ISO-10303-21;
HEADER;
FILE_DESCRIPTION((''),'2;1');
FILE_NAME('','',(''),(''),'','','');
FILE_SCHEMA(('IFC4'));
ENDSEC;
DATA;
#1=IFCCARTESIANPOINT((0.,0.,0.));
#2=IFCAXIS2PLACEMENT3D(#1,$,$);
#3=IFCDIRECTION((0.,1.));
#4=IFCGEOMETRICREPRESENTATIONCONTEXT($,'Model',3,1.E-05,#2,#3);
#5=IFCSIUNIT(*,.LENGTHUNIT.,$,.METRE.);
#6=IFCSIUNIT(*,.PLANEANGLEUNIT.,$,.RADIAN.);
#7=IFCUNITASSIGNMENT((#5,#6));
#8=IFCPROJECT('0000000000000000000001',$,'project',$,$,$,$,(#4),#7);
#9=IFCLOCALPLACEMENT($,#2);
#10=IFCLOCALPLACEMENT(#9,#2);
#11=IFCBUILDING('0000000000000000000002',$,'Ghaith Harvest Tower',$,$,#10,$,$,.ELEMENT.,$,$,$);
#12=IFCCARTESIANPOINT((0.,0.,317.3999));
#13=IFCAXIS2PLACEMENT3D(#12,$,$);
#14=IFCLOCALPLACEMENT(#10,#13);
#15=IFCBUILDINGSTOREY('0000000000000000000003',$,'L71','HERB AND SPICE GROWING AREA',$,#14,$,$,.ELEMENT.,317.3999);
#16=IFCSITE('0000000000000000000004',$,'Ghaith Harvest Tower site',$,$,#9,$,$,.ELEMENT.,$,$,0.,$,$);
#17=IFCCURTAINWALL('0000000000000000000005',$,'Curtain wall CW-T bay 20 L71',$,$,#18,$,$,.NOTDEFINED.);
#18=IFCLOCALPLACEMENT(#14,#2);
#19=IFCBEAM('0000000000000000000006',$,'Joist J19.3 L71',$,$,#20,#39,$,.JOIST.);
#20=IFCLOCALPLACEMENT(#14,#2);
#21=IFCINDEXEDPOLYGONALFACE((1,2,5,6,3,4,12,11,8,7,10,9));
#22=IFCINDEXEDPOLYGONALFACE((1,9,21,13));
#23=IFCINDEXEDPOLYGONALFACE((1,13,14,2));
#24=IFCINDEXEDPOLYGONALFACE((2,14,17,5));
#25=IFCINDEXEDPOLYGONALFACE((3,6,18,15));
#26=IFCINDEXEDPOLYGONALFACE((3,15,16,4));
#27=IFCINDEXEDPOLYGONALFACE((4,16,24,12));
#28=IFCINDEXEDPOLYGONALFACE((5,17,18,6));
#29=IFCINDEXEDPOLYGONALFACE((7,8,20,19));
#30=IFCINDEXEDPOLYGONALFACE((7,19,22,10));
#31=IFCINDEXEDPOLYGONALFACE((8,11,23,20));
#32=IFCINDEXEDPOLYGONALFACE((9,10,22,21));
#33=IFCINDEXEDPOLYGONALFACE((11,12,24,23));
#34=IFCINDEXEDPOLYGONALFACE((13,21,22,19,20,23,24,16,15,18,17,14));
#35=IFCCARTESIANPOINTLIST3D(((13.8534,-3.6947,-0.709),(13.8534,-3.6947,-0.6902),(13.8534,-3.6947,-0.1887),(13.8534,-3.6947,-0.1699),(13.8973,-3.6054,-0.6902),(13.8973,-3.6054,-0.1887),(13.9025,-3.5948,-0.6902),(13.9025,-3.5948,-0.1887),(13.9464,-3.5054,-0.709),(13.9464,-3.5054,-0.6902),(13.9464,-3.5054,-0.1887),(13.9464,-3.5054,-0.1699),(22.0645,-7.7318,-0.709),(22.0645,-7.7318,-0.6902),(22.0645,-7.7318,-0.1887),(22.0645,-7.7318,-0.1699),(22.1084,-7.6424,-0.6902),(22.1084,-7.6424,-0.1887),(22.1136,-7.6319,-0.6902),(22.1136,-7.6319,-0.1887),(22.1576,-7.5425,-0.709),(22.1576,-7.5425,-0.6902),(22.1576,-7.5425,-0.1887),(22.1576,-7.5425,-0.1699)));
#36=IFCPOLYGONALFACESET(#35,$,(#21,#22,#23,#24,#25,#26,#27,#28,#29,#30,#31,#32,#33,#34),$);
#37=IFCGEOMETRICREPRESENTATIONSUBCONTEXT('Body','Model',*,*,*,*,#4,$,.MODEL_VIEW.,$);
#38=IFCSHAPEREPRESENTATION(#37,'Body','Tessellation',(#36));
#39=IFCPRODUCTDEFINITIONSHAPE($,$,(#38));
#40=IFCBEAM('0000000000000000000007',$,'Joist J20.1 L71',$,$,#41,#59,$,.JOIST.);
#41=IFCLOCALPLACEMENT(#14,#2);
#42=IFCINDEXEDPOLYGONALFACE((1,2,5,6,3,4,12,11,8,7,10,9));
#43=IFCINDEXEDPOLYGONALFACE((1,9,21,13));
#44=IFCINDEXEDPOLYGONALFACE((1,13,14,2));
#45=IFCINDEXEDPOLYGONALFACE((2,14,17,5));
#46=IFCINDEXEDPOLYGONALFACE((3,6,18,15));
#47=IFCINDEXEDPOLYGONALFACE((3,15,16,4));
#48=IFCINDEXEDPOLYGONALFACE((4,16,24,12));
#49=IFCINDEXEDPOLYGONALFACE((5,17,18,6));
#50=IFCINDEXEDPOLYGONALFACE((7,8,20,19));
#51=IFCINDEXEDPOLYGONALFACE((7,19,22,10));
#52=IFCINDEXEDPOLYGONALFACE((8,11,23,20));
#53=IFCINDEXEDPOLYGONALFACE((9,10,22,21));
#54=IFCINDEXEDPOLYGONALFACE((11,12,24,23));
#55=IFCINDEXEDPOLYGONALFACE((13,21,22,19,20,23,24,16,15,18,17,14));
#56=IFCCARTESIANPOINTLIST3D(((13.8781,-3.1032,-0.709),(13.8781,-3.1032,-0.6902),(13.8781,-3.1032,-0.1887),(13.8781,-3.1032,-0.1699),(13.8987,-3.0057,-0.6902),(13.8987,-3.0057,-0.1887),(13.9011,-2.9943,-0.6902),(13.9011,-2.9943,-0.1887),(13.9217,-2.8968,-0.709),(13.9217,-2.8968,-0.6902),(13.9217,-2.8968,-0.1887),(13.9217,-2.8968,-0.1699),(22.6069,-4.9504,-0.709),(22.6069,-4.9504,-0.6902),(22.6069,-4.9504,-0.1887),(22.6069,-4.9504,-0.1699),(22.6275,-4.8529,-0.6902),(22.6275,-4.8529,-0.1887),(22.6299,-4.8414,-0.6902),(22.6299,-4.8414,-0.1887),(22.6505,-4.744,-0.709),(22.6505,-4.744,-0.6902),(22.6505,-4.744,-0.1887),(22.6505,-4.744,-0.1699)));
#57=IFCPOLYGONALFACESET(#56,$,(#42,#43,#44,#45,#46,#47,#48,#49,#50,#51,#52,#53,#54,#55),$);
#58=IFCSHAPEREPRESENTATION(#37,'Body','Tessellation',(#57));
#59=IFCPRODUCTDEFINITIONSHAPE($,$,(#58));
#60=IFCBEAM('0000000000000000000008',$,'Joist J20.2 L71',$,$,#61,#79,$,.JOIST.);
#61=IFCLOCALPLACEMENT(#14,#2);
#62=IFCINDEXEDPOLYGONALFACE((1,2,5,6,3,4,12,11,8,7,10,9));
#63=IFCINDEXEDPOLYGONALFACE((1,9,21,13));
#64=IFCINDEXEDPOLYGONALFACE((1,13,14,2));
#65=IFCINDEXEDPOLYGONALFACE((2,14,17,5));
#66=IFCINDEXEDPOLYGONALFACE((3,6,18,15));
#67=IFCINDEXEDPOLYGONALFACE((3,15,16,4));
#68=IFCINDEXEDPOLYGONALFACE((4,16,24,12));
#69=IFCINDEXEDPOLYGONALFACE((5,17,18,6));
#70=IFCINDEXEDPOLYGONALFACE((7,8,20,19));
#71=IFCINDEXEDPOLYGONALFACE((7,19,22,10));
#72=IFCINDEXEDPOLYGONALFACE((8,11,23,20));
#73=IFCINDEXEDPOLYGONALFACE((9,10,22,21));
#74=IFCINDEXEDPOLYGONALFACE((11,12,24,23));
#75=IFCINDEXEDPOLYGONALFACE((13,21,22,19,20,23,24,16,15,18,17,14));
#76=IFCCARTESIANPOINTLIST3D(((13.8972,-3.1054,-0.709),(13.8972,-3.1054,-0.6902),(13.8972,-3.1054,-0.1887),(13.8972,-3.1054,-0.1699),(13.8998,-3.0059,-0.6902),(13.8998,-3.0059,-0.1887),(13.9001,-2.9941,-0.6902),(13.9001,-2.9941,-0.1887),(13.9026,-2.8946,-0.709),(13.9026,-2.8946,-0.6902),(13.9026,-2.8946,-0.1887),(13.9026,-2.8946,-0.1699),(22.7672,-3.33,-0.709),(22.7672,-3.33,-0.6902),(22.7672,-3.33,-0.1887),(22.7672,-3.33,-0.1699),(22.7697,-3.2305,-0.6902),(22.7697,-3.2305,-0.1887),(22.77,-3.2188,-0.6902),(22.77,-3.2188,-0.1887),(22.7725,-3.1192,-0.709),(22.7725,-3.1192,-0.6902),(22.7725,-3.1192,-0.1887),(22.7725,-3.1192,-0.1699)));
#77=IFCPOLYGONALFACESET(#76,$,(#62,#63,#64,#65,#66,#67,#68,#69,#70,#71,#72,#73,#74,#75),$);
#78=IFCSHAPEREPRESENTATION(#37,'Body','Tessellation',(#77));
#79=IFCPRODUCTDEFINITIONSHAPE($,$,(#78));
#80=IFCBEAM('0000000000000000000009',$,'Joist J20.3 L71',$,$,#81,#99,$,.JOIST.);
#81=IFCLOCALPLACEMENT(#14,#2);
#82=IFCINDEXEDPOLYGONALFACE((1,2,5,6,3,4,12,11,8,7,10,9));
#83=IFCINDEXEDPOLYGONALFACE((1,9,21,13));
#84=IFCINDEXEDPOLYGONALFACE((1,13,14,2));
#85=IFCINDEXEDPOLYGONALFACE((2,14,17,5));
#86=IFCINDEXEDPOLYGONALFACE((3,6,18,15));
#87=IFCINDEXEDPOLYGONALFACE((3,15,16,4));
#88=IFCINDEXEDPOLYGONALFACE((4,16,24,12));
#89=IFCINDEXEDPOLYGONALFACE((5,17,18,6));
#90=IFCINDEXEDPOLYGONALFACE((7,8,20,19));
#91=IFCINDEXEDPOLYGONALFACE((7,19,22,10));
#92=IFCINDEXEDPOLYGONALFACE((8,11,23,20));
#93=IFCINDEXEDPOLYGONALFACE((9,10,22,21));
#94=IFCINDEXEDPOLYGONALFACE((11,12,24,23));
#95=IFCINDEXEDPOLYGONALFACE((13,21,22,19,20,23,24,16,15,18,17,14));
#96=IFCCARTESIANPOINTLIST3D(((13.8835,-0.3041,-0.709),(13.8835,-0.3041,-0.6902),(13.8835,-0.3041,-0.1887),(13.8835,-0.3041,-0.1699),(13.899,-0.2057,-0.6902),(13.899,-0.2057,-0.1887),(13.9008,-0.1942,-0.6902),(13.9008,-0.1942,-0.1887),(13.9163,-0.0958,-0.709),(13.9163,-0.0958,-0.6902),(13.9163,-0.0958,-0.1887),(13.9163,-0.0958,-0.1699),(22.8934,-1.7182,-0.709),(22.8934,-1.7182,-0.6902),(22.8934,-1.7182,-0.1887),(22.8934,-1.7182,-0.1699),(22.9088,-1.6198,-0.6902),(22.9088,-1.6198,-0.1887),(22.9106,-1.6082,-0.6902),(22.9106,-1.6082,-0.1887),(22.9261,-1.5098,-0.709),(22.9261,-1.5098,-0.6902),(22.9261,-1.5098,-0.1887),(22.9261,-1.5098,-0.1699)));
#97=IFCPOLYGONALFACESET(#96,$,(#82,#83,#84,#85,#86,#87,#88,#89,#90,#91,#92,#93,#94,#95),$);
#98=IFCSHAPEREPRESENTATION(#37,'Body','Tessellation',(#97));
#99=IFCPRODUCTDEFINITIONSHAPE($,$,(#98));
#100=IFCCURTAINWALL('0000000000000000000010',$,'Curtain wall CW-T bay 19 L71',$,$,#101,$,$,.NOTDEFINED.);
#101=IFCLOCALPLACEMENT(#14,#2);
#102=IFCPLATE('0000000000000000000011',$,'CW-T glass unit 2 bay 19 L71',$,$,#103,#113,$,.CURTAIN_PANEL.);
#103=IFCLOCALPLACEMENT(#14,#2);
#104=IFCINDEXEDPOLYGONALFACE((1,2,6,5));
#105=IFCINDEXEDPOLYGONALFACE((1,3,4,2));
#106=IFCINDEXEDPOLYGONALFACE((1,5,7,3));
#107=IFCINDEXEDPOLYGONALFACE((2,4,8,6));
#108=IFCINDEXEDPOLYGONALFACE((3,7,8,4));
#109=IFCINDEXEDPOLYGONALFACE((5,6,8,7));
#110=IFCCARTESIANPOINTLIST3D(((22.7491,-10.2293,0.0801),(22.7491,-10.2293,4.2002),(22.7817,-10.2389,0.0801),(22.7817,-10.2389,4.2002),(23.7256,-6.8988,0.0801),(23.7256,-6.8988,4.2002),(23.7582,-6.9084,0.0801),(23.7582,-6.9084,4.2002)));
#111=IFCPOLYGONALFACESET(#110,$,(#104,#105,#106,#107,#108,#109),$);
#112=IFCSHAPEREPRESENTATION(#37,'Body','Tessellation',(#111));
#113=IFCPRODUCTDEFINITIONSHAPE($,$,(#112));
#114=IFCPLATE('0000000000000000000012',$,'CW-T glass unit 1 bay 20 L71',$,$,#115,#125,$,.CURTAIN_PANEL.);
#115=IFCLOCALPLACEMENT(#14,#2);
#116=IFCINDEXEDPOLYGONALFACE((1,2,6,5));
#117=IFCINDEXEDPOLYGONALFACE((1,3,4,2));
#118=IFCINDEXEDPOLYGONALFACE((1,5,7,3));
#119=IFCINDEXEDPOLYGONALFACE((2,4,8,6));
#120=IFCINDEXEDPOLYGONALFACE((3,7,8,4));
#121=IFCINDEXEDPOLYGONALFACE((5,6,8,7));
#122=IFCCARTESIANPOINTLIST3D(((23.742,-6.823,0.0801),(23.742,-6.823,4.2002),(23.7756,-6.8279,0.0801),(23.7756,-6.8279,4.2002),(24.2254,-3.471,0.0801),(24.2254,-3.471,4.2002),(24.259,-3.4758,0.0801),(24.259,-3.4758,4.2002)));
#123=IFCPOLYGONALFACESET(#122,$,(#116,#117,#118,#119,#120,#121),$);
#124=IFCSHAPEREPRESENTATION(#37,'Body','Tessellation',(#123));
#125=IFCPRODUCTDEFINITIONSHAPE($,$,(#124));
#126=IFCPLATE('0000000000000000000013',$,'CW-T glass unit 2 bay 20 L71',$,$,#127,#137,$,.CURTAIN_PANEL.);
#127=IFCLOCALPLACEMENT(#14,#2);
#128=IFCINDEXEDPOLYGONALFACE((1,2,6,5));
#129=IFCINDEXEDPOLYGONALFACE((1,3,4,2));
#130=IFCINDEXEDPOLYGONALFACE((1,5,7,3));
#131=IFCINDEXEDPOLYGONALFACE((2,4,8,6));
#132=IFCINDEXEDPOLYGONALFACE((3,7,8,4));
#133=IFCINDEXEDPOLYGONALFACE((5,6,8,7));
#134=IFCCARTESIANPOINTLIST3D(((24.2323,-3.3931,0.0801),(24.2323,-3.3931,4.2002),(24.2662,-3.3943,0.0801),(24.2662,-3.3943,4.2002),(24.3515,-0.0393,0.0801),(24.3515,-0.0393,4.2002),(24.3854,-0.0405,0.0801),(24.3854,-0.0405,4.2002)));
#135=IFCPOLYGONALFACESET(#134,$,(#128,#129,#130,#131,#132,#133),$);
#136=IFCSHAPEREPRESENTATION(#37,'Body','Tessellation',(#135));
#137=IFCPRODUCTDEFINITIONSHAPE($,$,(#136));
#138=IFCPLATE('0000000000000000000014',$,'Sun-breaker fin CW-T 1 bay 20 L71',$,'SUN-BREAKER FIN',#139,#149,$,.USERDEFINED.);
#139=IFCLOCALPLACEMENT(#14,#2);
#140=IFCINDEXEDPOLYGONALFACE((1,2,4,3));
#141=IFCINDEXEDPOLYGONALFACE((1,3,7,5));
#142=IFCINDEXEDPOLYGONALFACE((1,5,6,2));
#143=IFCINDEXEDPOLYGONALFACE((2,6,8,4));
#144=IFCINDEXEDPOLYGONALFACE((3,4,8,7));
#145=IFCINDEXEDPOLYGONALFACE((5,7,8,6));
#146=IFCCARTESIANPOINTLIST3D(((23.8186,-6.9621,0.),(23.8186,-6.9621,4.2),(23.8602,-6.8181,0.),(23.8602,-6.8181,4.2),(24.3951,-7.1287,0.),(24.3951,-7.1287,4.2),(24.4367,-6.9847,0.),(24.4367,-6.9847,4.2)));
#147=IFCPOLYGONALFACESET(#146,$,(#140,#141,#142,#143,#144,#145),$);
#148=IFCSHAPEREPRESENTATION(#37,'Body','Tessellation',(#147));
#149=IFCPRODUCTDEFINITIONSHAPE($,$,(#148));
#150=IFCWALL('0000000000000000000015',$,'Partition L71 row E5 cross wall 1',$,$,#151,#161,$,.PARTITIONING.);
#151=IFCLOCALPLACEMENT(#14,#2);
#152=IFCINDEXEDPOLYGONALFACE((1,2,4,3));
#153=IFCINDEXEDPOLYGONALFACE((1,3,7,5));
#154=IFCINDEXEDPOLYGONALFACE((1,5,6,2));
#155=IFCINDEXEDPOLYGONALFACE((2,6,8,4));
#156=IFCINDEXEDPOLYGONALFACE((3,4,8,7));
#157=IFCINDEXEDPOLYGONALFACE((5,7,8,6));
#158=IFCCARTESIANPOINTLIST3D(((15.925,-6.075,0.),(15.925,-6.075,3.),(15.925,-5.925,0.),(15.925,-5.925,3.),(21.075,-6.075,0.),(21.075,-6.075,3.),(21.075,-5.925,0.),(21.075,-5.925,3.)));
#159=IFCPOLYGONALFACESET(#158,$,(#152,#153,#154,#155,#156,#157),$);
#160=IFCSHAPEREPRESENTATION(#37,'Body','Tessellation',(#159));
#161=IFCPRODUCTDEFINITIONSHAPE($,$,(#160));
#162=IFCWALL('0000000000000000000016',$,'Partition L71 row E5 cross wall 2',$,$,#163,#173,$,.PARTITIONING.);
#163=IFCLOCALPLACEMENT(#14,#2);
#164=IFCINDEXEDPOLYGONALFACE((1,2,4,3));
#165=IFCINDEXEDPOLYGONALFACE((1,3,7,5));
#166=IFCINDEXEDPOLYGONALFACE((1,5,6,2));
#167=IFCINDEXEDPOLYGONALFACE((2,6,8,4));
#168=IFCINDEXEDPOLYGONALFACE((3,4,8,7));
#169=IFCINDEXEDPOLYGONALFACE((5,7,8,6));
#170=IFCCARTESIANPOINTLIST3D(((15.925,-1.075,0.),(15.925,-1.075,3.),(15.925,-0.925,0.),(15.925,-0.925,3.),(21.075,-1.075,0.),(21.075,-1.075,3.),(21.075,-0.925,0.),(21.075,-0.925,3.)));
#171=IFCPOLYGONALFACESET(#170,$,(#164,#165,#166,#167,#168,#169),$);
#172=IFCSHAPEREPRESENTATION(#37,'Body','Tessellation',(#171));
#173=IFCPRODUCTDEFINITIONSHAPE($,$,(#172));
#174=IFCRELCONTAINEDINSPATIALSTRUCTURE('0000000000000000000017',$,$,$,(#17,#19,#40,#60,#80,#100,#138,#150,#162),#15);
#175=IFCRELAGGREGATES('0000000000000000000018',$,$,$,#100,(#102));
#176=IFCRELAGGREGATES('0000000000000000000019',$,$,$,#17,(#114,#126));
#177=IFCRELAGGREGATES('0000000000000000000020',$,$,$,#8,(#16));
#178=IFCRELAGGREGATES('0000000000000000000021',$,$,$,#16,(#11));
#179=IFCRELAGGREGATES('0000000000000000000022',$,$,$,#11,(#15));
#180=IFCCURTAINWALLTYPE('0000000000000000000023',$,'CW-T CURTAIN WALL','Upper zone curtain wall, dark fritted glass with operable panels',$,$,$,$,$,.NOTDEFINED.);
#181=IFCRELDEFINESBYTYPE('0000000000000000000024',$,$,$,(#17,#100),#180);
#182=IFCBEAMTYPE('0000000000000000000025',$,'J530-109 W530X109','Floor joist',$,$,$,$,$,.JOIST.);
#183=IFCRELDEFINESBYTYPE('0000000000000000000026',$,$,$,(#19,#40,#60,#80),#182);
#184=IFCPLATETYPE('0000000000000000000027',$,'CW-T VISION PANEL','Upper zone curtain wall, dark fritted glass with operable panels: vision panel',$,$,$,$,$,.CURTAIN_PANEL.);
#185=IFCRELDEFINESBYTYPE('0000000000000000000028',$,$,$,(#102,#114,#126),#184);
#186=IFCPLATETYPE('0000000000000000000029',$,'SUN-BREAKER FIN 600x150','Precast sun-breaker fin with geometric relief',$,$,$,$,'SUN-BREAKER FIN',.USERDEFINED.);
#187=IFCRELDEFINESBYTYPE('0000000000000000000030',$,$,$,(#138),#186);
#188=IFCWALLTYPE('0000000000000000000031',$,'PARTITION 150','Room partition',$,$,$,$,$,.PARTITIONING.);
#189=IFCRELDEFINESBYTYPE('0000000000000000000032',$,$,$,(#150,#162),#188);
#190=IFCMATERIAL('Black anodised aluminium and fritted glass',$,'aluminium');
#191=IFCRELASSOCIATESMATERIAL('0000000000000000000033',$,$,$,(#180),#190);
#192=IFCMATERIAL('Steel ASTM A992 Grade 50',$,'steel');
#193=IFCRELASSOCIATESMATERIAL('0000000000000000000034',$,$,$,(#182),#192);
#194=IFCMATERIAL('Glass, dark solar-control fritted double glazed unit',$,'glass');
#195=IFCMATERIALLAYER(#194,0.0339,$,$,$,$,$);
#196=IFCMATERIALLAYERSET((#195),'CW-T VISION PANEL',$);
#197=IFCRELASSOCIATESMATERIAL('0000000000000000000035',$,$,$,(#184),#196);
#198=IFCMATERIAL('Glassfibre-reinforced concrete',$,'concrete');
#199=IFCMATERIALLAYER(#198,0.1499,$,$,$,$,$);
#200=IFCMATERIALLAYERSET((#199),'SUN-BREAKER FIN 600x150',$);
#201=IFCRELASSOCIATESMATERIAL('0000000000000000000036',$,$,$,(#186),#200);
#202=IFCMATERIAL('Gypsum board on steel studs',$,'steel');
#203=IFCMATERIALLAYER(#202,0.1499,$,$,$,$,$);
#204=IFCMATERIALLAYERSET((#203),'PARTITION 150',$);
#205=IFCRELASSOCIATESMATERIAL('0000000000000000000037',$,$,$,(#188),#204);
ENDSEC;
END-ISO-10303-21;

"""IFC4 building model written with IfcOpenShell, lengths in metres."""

from ifc_helpers import new_model, si_unit, direction, frame, frame_2d, origin, origin_2d, place, context, subcontext, project, spatial, rectangle, i_section, extrude, material, layer, layer_set, material_profile, profile_set, type_object, element, aggregate, save


model = new_model("IFC4")

# Units and contexts
model_context = context("Model", 3, precision=1e-05, world=origin(), true_north=direction((0.0, 1.0)))
body_context = subcontext(model_context, "Body", "Model", "MODEL_VIEW")
ifc_project = project(units=[si_unit("LENGTHUNIT", "METRE"), si_unit("PLANEANGLEUNIT", "RADIAN")], contexts=[model_context])

# Site, building, storey
site_placement = place(None, origin())
site = spatial("IfcSite", under=ifc_project, at=site_placement, Name="Ghaith Harvest Tower site", CompositionType="ELEMENT", RefElevation=0.0)
building_placement = place(site_placement, origin())
building = spatial("IfcBuilding", under=site, at=building_placement, Name="Ghaith Harvest Tower", CompositionType="ELEMENT")
storey_placement = place(building_placement, frame((0.0, 0.0, 317.3999)))
storey = spatial("IfcBuildingStorey", under=building, at=storey_placement, Name="L71", Description="HERB AND SPICE GROWING AREA", CompositionType="ELEMENT", Elevation=317.3999)

# Curtain wall
ifc_material_1 = material(Name="Black anodised aluminium and fritted glass", Category="aluminium")
curtain_wall_type = type_object("IfcCurtainWallType", Name="CW-T CURTAIN WALL", Description="Upper zone curtain wall, dark fritted glass with operable panels", PredefinedType="NOTDEFINED", material=ifc_material_1)
curtain_wall_1_placement = place(storey_placement, origin())
curtain_wall_1 = element("IfcCurtainWall", 1, at=curtain_wall_1_placement, inside=storey, type_object=curtain_wall_type, Name="Curtain wall CW-T bay 20 L71", PredefinedType="NOTDEFINED")

# Beams
ifc_material_2 = material(Name="Steel ASTM A992 Grade 50", Category="steel")
ifc_material_profile_1 = material_profile(ifc_material_2, i_section(OverallWidth=0.2109, OverallDepth=0.5391, WebThickness=0.0117, FlangeThickness=0.0188, at=origin_2d()), Name="W530X109")
ifc_profile_set_1 = profile_set([ifc_material_profile_1], Name="Steel ASTM A992 Grade 50")
beam_type_1 = type_object("IfcBeamType", Name="J530-109 W530X109", Description="Floor joist", PredefinedType="JOIST", material=ifc_profile_set_1)
beam_1_placement = place(storey_placement, frame((13.8999, -3.6001, -0.4395), z_axis=(0.897401, -0.441216, 0.0), x_axis=(0.441216, 0.897401, 0.0)))
element("IfcBeam", 2, at=beam_1_placement, inside=storey, type_object=beam_type_1, Name="Joist J19.3 L71", PredefinedType="JOIST", context=body_context, shape_type="SweptSolid", body=[
    extrude(i_section(OverallWidth=0.2109, OverallDepth=0.5391, WebThickness=0.0117, FlangeThickness=0.0188, at=origin_2d()), origin(), (0.0, 0.0, 1.0), 9.1499),
])
beam_2_placement = place(storey_placement, frame((13.8999, -3.0, -0.4395), z_axis=(0.978334, -0.207034, 0.0), x_axis=(0.207034, 0.978334, 0.0)))
element("IfcBeam", 3, at=beam_2_placement, inside=storey, type_object=beam_type_1, Name="Joist J20.1 L71", PredefinedType="JOIST", context=body_context, shape_type="SweptSolid", body=[
    extrude(i_section(OverallWidth=0.2109, OverallDepth=0.5391, WebThickness=0.0117, FlangeThickness=0.0188, at=origin_2d()), origin(), (0.0, 0.0, 1.0), 8.9221),
])
beam_3_placement = place(storey_placement, frame((13.8999, -3.0, -0.4395), z_axis=(0.99968, -0.025315, 0.0), x_axis=(0.025315, 0.99968, 0.0)))
element("IfcBeam", 4, at=beam_3_placement, inside=storey, type_object=beam_type_1, Name="Joist J20.2 L71", PredefinedType="JOIST", context=body_context, shape_type="SweptSolid", body=[
    extrude(i_section(OverallWidth=0.2109, OverallDepth=0.5391, WebThickness=0.0117, FlangeThickness=0.0188, at=origin_2d()), origin(), (0.0, 0.0, 1.0), 8.8728),
])
beam_4_placement = place(storey_placement, frame((13.8999, -0.2, -0.4395), z_axis=(0.987907, -0.15505, 0.0), x_axis=(0.15505, 0.987907, 0.0)))
element("IfcBeam", 5, at=beam_4_placement, inside=storey, type_object=beam_type_1, Name="Joist J20.3 L71", PredefinedType="JOIST", context=body_context, shape_type="SweptSolid", body=[
    extrude(i_section(OverallWidth=0.2109, OverallDepth=0.5391, WebThickness=0.0117, FlangeThickness=0.0188, at=origin_2d()), origin(), (0.0, 0.0, 1.0), 9.1201),
])

# Curtain wall, plate
curtain_wall_2_placement = place(storey_placement, origin())
curtain_wall_2 = element("IfcCurtainWall", 6, at=curtain_wall_2_placement, inside=storey, type_object=curtain_wall_type, Name="Curtain wall CW-T bay 19 L71", PredefinedType="NOTDEFINED")
ifc_material_3 = material(Name="Glass, dark solar-control fritted double glazed unit", Category="glass")
ifc_layer_1 = layer(ifc_material_3, 0.0339)
ifc_layer_set_1 = layer_set([ifc_layer_1], Name="CW-T VISION PANEL")
plate_type_1 = type_object("IfcPlateType", Name="CW-T VISION PANEL", Description="Upper zone curtain wall, dark fritted glass with operable panels: vision panel", PredefinedType="CURTAIN_PANEL", material=ifc_layer_set_1)
plate_1_placement = place(storey_placement, frame((23.2537, -8.5688, 0.0801), z_axis=(0.0, 0.0, 1.0), x_axis=(0.281345, 0.959607, 0.0)))
plate_1 = element("IfcPlate", 7, at=plate_1_placement, type_object=plate_type_1, Name="CW-T glass unit 2 bay 19 L71", PredefinedType="CURTAIN_PANEL", context=body_context, shape_type="SweptSolid", body=[
    extrude(rectangle(XDim=3.4707, YDim=0.0339, at=origin_2d()), origin(), (0.0, 0.0, 1.0), 4.1201),
])
aggregate(curtain_wall_2, [plate_1])

# Plates
plate_2_placement = place(storey_placement, frame((24.0005, -5.1494, 0.0801), z_axis=(0.0, 0.0, 1.0), x_axis=(0.14273, 0.989762, 0.0)))
plate_2 = element("IfcPlate", 8, at=plate_2_placement, type_object=plate_type_1, Name="CW-T glass unit 1 bay 20 L71", PredefinedType="CURTAIN_PANEL", context=body_context, shape_type="SweptSolid", body=[
    extrude(rectangle(XDim=3.3867, YDim=0.0339, at=origin_2d()), origin(), (0.0, 0.0, 1.0), 4.1201),
])
plate_3_placement = place(storey_placement, frame((24.3088, -1.7168, 0.0801), z_axis=(0.0, 0.0, 1.0), x_axis=(0.035536, 0.999368, 0.0)))
plate_3 = element("IfcPlate", 9, at=plate_3_placement, type_object=plate_type_1, Name="CW-T glass unit 2 bay 20 L71", PredefinedType="CURTAIN_PANEL", context=body_context, shape_type="SweptSolid", body=[
    extrude(rectangle(XDim=3.356, YDim=0.0339, at=origin_2d()), origin(), (0.0, 0.0, 1.0), 4.1201),
])
aggregate(curtain_wall_1, [plate_2, plate_3])
ifc_material_4 = material(Name="Glassfibre-reinforced concrete", Category="concrete")
ifc_layer_2 = layer(ifc_material_4, 0.1499)
ifc_layer_set_2 = layer_set([ifc_layer_2], Name="SUN-BREAKER FIN 600x150")
plate_type_2 = type_object("IfcPlateType", Name="SUN-BREAKER FIN 600x150", Description="Precast sun-breaker fin with geometric relief", ElementType="SUN-BREAKER FIN", PredefinedType="USERDEFINED", material=ifc_layer_set_2)
plate_4_placement = place(storey_placement, frame((24.1277, -6.9734, 0.0), z_axis=(0.0, 0.0, 1.0), x_axis=(0.96068, -0.277657, 0.0)))
element("IfcPlate", 10, at=plate_4_placement, inside=storey, type_object=plate_type_2, Name="Sun-breaker fin CW-T 1 bay 20 L71", ObjectType="SUN-BREAKER FIN", PredefinedType="USERDEFINED", context=body_context, shape_type="SweptSolid", body=[
    extrude(rectangle(XDim=0.6001, YDim=0.1499, at=origin_2d()), origin(), (0.0, 0.0, 1.0), 4.2),
])

# Walls
ifc_material_5 = material(Name="Gypsum board on steel studs", Category="steel")
ifc_layer_3 = layer(ifc_material_5, 0.1499)
ifc_layer_set_3 = layer_set([ifc_layer_3], Name="PARTITION 150")
wall_type_1 = type_object("IfcWallType", Name="PARTITION 150", Description="Room partition", PredefinedType="PARTITIONING", material=ifc_layer_set_3)
for number, where, z_axis, x_axis, name in (
    (11, (15.925, -6.0, 0.0), (0.0, 0.0, 1.0), (1.0, 0.0, 0.0), "Partition L71 row E5 cross wall 1"),
    (12, (15.925, -1.0, 0.0), (0.0, 0.0, 1.0), (1.0, 0.0, 0.0), "Partition L71 row E5 cross wall 2"),
):
    element("IfcWall", number, at=place(storey_placement, frame(where, z_axis=z_axis, x_axis=x_axis)), inside=storey, type_object=wall_type_1, Name=name, PredefinedType="PARTITIONING", context=body_context, shape_type="SweptSolid", body=[
        extrude(rectangle(XDim=5.1499, YDim=0.1499, at=frame_2d((2.575, 0.0))), origin(), (0.0, 0.0, 1.0), 3.0),
    ])

save(model, "model.ifc")
